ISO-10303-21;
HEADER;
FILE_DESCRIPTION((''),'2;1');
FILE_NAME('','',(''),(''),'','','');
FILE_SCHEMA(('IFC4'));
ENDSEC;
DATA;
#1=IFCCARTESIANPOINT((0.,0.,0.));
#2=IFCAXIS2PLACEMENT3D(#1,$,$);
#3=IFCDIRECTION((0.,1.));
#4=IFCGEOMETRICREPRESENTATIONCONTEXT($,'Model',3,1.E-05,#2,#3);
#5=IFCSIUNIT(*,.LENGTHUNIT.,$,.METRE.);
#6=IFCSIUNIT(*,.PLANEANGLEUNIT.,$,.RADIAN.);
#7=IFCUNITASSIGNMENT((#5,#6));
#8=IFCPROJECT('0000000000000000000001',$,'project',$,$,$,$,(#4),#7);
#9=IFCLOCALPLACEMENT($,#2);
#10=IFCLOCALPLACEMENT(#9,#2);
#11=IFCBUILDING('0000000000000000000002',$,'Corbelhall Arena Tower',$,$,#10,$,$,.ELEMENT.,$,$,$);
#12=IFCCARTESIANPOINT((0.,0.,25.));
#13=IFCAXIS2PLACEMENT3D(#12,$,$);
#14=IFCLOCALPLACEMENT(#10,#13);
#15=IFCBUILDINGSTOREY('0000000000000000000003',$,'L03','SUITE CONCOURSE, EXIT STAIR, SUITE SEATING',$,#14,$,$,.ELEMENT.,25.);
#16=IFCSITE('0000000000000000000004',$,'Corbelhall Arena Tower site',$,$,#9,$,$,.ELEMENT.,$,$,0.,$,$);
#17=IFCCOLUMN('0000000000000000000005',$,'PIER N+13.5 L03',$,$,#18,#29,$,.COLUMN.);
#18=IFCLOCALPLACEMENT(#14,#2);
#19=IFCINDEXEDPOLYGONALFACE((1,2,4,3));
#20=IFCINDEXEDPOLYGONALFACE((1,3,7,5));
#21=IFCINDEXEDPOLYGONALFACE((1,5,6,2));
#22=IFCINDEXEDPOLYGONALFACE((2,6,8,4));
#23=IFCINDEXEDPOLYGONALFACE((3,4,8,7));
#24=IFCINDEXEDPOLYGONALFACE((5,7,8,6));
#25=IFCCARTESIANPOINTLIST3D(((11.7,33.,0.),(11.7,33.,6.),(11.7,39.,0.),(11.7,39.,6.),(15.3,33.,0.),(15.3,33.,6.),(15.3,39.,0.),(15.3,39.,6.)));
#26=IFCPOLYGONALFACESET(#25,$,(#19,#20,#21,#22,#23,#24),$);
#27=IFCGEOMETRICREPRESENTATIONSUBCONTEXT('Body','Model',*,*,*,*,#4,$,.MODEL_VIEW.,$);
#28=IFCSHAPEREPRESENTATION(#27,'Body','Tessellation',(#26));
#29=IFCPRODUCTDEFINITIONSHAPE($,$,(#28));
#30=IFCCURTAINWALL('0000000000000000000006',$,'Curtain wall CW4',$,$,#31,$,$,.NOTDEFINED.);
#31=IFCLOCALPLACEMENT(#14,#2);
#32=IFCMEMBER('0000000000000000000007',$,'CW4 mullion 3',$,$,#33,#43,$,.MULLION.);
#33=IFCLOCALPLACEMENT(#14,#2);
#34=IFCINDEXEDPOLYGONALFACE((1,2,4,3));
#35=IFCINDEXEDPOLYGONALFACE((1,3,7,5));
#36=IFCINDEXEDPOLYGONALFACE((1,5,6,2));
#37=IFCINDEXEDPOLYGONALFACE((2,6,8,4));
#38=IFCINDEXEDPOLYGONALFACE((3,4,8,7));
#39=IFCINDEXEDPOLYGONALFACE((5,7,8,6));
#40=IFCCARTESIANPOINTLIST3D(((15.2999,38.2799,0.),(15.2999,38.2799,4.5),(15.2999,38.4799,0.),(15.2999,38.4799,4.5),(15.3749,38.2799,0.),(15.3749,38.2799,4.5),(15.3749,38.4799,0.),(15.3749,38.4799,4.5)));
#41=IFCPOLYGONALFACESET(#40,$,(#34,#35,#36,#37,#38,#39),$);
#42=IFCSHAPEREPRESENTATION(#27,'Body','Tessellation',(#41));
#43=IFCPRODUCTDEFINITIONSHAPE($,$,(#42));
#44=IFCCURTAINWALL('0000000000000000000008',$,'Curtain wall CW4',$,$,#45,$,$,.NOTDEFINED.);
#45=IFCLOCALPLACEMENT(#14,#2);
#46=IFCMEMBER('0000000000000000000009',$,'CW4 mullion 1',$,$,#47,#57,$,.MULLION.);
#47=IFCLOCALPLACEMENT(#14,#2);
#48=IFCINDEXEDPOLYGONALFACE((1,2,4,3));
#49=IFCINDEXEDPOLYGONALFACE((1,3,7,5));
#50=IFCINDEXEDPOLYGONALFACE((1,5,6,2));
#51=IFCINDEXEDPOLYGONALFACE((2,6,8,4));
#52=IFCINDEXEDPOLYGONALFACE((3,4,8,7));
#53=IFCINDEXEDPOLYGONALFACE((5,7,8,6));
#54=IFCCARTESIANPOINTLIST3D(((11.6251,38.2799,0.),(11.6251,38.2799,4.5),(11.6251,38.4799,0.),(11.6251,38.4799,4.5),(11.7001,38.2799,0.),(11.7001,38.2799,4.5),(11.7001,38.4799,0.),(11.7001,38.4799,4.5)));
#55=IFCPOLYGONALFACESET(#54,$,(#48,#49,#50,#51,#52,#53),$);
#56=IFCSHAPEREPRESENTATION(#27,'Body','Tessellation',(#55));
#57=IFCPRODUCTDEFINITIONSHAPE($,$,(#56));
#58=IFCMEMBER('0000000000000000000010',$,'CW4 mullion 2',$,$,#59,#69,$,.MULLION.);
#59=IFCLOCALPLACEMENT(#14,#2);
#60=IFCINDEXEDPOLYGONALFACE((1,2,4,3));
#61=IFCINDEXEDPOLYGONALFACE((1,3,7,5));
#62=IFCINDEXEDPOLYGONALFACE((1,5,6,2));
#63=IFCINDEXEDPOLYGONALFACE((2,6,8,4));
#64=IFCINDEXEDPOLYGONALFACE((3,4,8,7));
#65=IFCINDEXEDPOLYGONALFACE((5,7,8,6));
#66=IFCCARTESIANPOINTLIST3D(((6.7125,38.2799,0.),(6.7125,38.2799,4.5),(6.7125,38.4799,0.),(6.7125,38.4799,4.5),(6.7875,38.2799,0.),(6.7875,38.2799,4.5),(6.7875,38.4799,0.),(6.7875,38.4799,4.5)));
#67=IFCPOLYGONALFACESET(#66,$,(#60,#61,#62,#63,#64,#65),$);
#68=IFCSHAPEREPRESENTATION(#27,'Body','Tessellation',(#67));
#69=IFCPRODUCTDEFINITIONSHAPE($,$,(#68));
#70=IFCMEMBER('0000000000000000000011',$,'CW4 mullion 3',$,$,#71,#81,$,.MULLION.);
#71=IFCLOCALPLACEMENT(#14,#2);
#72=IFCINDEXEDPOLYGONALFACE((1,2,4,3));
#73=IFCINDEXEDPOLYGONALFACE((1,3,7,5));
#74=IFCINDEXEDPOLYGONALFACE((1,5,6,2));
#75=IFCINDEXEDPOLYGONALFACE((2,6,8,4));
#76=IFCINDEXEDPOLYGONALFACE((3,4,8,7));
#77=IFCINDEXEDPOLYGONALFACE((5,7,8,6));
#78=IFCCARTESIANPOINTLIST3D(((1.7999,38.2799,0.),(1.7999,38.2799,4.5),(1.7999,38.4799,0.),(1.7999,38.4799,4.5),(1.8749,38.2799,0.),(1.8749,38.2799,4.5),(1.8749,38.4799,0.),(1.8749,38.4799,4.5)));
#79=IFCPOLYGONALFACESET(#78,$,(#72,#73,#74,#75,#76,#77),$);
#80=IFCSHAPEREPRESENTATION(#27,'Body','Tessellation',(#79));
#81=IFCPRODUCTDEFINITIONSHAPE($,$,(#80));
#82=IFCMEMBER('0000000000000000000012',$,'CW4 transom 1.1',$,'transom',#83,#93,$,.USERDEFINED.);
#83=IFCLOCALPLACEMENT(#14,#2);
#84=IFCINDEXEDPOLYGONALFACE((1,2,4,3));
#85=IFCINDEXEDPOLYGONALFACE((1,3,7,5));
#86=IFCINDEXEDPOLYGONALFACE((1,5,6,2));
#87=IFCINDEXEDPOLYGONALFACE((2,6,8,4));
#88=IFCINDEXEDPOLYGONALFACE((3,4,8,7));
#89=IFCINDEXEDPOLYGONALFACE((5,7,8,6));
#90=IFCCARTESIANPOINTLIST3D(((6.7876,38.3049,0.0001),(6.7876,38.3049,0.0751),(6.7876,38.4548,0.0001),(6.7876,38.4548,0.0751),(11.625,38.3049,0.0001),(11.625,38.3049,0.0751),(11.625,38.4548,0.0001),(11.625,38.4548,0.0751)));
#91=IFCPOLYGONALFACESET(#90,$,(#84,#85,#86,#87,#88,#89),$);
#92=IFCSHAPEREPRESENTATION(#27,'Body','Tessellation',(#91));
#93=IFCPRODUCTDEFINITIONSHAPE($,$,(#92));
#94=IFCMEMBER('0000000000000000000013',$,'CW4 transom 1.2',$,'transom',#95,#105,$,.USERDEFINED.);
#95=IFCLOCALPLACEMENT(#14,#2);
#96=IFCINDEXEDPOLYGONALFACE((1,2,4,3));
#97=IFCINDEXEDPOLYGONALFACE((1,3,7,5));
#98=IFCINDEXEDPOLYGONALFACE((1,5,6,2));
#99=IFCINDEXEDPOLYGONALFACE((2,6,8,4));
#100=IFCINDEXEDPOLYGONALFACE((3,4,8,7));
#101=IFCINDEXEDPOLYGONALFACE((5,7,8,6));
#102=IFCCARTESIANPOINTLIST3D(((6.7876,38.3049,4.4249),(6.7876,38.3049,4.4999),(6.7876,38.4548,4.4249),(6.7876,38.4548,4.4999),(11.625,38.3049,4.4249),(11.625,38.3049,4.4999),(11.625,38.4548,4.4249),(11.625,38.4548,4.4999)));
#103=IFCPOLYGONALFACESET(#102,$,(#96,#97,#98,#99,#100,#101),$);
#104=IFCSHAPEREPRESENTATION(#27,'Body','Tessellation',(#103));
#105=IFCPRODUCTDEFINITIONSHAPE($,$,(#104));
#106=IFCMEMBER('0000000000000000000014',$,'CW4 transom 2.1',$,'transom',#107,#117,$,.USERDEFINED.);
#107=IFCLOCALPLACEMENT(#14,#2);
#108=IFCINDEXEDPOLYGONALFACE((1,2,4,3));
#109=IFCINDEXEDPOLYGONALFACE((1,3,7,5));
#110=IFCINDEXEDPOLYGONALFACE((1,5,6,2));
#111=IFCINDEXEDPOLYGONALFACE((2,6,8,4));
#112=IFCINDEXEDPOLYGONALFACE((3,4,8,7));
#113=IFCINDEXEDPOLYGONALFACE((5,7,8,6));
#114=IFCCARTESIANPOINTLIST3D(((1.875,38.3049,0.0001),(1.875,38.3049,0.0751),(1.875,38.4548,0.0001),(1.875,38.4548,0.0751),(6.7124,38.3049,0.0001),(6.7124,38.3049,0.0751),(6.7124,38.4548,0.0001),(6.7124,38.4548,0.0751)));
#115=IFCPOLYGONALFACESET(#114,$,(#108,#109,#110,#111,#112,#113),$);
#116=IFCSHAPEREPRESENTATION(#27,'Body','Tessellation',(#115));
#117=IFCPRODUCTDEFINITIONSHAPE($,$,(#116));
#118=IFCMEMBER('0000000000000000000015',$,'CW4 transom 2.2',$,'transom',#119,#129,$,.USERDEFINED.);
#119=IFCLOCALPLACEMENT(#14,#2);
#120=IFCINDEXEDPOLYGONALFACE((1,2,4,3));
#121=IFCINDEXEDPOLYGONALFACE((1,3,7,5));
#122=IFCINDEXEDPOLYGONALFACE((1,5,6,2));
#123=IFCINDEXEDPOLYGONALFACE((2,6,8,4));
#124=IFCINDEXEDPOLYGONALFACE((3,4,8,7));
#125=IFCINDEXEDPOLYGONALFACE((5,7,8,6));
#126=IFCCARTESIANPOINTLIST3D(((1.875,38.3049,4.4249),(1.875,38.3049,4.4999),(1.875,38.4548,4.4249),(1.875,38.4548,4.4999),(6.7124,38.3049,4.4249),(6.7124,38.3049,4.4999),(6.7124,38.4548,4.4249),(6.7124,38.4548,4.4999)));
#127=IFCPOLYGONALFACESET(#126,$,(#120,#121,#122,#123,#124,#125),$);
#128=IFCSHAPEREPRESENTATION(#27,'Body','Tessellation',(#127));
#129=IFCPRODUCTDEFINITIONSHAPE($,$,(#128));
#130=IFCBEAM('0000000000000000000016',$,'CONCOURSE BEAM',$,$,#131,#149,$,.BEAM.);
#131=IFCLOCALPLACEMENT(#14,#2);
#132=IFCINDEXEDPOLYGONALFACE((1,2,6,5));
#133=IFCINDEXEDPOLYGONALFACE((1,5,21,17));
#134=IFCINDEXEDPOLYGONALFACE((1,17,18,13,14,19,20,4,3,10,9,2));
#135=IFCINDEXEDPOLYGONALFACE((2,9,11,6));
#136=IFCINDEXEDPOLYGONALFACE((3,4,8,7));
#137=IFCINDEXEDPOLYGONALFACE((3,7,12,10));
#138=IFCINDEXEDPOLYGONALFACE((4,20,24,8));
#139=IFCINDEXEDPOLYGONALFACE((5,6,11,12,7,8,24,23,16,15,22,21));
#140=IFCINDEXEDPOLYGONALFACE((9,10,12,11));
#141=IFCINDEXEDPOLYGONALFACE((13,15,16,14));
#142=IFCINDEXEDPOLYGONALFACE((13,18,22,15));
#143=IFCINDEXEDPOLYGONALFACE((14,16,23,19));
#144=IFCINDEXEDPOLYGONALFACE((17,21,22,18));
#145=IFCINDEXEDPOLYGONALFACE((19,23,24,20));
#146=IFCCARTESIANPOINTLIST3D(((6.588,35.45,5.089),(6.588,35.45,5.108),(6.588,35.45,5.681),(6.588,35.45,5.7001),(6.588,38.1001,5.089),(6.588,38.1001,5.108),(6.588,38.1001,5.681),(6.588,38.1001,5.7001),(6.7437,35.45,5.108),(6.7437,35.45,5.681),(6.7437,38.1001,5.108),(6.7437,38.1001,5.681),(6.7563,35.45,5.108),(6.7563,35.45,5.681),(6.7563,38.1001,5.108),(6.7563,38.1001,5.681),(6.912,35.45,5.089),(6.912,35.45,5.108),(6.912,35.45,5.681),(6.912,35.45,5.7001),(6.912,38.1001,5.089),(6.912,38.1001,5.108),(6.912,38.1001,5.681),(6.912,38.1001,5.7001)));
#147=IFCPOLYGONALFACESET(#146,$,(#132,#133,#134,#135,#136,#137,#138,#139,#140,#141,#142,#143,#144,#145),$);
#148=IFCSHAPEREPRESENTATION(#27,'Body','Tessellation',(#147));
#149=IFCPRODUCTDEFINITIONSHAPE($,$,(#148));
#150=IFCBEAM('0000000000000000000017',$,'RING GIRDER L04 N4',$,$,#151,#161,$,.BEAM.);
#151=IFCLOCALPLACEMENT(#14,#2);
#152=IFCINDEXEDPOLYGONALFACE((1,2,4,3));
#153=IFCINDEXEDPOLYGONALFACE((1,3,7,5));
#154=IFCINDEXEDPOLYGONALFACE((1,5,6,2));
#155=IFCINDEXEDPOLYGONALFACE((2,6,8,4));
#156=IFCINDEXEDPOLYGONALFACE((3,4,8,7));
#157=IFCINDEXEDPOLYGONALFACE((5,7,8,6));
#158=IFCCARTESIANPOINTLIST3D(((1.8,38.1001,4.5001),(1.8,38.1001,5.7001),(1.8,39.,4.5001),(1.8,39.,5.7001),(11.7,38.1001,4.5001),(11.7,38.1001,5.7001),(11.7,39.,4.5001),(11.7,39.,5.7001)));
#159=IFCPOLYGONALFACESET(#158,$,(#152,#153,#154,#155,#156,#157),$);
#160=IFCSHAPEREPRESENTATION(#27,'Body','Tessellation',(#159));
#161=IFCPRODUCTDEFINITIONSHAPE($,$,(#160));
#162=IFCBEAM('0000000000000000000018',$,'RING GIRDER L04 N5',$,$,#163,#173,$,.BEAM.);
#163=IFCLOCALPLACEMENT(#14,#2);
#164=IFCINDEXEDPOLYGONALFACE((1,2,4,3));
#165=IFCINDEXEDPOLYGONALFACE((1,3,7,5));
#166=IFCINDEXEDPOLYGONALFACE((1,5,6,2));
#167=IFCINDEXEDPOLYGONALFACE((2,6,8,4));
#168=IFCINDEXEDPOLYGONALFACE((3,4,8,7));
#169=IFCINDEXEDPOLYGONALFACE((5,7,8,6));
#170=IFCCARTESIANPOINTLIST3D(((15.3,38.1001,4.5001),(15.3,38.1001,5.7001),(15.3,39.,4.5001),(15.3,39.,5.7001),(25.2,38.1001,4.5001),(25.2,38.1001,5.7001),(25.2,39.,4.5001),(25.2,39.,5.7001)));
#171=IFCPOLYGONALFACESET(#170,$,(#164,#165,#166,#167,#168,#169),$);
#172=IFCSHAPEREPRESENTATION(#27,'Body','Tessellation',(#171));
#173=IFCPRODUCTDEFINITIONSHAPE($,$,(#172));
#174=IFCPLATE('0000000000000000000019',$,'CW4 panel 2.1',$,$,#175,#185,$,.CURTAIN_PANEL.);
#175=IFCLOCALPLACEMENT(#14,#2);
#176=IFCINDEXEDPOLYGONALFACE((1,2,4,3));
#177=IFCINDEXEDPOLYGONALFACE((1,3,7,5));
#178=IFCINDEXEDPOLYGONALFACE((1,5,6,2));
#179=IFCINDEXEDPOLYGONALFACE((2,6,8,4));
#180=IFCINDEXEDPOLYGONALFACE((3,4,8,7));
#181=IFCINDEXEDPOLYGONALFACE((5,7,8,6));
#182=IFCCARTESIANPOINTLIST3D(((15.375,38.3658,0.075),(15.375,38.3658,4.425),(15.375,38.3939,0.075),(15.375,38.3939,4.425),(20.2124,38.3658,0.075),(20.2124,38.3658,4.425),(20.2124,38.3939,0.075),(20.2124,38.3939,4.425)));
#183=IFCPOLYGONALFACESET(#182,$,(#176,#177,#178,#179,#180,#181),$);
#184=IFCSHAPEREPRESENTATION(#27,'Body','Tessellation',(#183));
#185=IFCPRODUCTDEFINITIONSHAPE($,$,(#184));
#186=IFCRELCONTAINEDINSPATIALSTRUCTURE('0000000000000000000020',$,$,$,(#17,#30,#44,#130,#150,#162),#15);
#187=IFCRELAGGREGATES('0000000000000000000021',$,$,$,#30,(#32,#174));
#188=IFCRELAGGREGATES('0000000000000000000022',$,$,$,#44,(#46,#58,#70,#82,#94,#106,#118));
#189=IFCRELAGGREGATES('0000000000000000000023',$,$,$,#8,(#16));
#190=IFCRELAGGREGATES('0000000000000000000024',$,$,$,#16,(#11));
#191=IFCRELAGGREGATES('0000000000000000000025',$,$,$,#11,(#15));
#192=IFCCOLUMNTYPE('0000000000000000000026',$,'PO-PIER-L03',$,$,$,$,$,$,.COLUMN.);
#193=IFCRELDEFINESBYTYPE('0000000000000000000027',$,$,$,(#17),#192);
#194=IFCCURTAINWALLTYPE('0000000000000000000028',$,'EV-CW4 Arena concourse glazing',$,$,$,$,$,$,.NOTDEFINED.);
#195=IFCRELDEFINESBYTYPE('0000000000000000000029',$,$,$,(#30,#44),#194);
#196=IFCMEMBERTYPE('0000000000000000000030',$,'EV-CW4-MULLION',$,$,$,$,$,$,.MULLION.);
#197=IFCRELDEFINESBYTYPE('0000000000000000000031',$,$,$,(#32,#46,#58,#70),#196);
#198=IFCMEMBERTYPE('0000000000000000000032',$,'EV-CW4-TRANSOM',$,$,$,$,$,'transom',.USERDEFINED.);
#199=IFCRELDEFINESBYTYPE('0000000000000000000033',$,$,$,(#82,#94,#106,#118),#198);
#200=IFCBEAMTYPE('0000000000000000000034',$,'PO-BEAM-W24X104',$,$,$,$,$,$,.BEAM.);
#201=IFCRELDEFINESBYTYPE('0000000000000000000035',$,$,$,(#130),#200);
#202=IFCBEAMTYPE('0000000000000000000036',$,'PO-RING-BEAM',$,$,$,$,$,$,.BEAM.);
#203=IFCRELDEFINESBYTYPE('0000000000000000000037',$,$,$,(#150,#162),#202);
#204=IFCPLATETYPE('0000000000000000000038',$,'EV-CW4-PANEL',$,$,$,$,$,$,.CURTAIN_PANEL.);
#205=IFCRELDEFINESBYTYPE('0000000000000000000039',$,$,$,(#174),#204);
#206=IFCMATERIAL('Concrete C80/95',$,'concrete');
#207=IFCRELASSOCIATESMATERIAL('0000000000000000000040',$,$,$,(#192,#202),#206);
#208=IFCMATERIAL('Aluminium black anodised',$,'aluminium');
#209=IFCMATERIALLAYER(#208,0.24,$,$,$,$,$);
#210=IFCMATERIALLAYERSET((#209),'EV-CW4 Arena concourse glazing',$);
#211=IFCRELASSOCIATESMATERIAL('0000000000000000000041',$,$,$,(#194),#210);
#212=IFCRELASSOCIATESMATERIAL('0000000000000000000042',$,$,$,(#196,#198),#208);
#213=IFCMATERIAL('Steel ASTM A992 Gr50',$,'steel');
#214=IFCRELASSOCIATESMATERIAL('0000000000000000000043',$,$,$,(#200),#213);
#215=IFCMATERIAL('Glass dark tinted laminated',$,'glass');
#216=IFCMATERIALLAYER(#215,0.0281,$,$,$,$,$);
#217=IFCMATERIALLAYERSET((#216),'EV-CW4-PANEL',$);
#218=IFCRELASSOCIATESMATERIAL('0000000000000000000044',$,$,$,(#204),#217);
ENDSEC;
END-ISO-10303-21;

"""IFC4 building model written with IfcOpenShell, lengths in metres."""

from ifc_helpers import new_model, si_unit, direction, frame, origin, origin_2d, place, context, subcontext, project, spatial, rectangle, i_section, extrude, material, layer, layer_set, material_profile, profile_set, type_object, element, aggregate, save


model = new_model("IFC4")

# Units and contexts
model_context = context("Model", 3, precision=1e-05, world=origin(), true_north=direction((0.0, 1.0)))
body_context = subcontext(model_context, "Body", "Model", "MODEL_VIEW")
ifc_project = project(units=[si_unit("LENGTHUNIT", "METRE"), si_unit("PLANEANGLEUNIT", "RADIAN")], contexts=[model_context])

# Site, building, storey
site_placement = place(None, origin())
site = spatial("IfcSite", under=ifc_project, at=site_placement, Name="Corbelhall Arena Tower site", CompositionType="ELEMENT", RefElevation=0.0)
building_placement = place(site_placement, origin())
building = spatial("IfcBuilding", under=site, at=building_placement, Name="Corbelhall Arena Tower", CompositionType="ELEMENT")
storey_placement = place(building_placement, frame((0.0, 0.0, 25.0)))
storey = spatial("IfcBuildingStorey", under=building, at=storey_placement, Name="L03", Description="SUITE CONCOURSE, EXIT STAIR, SUITE SEATING", CompositionType="ELEMENT", Elevation=25.0)

# Column
ifc_material_1 = material(Name="Concrete C80/95", Category="concrete")
ifc_material_profile_1 = material_profile(ifc_material_1, rectangle(XDim=3.6001, YDim=6.0, at=origin_2d()))
ifc_profile_set_1 = profile_set([ifc_material_profile_1], Name="Concrete C80/95")
column_type = type_object("IfcColumnType", Name="PO-PIER-L03", PredefinedType="COLUMN", material=ifc_profile_set_1)
column_placement = place(storey_placement, frame((13.5, 36.0, 0.0), z_axis=(0.0, 0.0, 1.0), x_axis=(1.0, 0.0, 0.0)))
element("IfcColumn", 1, at=column_placement, inside=storey, type_object=column_type, Name="PIER N+13.5 L03", PredefinedType="COLUMN", context=body_context, shape_type="SweptSolid", body=[
    extrude(rectangle(XDim=3.6001, YDim=6.0, at=origin_2d()), origin(), (0.0, 0.0, 1.0), 6.0),
])

# Curtain wall, member
ifc_material_2 = material(Name="Aluminium black anodised", Category="aluminium")
ifc_layer_1 = layer(ifc_material_2, 0.24)
ifc_layer_set_1 = layer_set([ifc_layer_1], Name="EV-CW4 Arena concourse glazing")
curtain_wall_type = type_object("IfcCurtainWallType", Name="EV-CW4 Arena concourse glazing", PredefinedType="NOTDEFINED", material=ifc_layer_set_1)
curtain_wall_1_placement = place(storey_placement, origin())
curtain_wall_1 = element("IfcCurtainWall", 2, at=curtain_wall_1_placement, inside=storey, type_object=curtain_wall_type, Name="Curtain wall CW4", PredefinedType="NOTDEFINED")
ifc_material_profile_2 = material_profile(ifc_material_2, rectangle(XDim=0.2, YDim=0.075, at=origin_2d()))
ifc_profile_set_2 = profile_set([ifc_material_profile_2], Name="Aluminium black anodised")
member_type_1 = type_object("IfcMemberType", Name="EV-CW4-MULLION", PredefinedType="MULLION", material=ifc_profile_set_2)
member_1_placement = place(storey_placement, frame((15.3374, 38.3799, 0.0), z_axis=(0.0, 0.0, 1.0), x_axis=(0.0, -1.0, 0.0)))
member_1 = element("IfcMember", 3, at=member_1_placement, type_object=member_type_1, Name="CW4 mullion 3", PredefinedType="MULLION", context=body_context, shape_type="SweptSolid", body=[
    extrude(rectangle(XDim=0.2, YDim=0.075, at=origin_2d()), origin(), (0.0, 0.0, 1.0), 4.5),
])

# Curtain wall, members
curtain_wall_2_placement = place(storey_placement, origin())
curtain_wall_2 = element("IfcCurtainWall", 4, at=curtain_wall_2_placement, inside=storey, type_object=curtain_wall_type, Name="Curtain wall CW4", PredefinedType="NOTDEFINED")
member_2_placement = place(storey_placement, frame((11.6626, 38.3799, 0.0), z_axis=(0.0, 0.0, 1.0), x_axis=(0.0, -1.0, 0.0)))
member_2 = element("IfcMember", 5, at=member_2_placement, type_object=member_type_1, Name="CW4 mullion 1", PredefinedType="MULLION", context=body_context, shape_type="SweptSolid", body=[
    extrude(rectangle(XDim=0.2, YDim=0.075, at=origin_2d()), origin(), (0.0, 0.0, 1.0), 4.5),
])
member_3_placement = place(storey_placement, frame((6.75, 38.3799, 0.0), z_axis=(0.0, 0.0, 1.0), x_axis=(0.0, -1.0, 0.0)))
member_3 = element("IfcMember", 6, at=member_3_placement, type_object=member_type_1, Name="CW4 mullion 2", PredefinedType="MULLION", context=body_context, shape_type="SweptSolid", body=[
    extrude(rectangle(XDim=0.2, YDim=0.075, at=origin_2d()), origin(), (0.0, 0.0, 1.0), 4.5),
])
member_4_placement = place(storey_placement, frame((1.8374, 38.3799, 0.0), z_axis=(0.0, 0.0, 1.0), x_axis=(0.0, -1.0, 0.0)))
member_4 = element("IfcMember", 7, at=member_4_placement, type_object=member_type_1, Name="CW4 mullion 3", PredefinedType="MULLION", context=body_context, shape_type="SweptSolid", body=[
    extrude(rectangle(XDim=0.2, YDim=0.075, at=origin_2d()), origin(), (0.0, 0.0, 1.0), 4.5),
])
ifc_material_profile_3 = material_profile(ifc_material_2, rectangle(XDim=0.1499, YDim=0.075, at=origin_2d()))
ifc_profile_set_3 = profile_set([ifc_material_profile_3], Name="Aluminium black anodised")
member_type_2 = type_object("IfcMemberType", Name="EV-CW4-TRANSOM", ElementType="transom", PredefinedType="USERDEFINED", material=ifc_profile_set_3)
member_5_placement = place(storey_placement, frame((11.625, 38.3799, 0.0376), z_axis=(-1.0, 0.0, 0.0), x_axis=(0.0, -1.0, 0.0)))
member_5 = element("IfcMember", 8, at=member_5_placement, type_object=member_type_2, Name="CW4 transom 1.1", ObjectType="transom", PredefinedType="USERDEFINED", context=body_context, shape_type="SweptSolid", body=[
    extrude(rectangle(XDim=0.1499, YDim=0.075, at=origin_2d()), origin(), (0.0, 0.0, 1.0), 4.8374),
])
member_6_placement = place(storey_placement, frame((11.625, 38.3799, 4.4624), z_axis=(-1.0, 0.0, 0.0), x_axis=(0.0, -1.0, 0.0)))
member_6 = element("IfcMember", 9, at=member_6_placement, type_object=member_type_2, Name="CW4 transom 1.2", ObjectType="transom", PredefinedType="USERDEFINED", context=body_context, shape_type="SweptSolid", body=[
    extrude(rectangle(XDim=0.1499, YDim=0.075, at=origin_2d()), origin(), (0.0, 0.0, 1.0), 4.8374),
])
member_7_placement = place(storey_placement, frame((6.7124, 38.3799, 0.0376), z_axis=(-1.0, 0.0, 0.0), x_axis=(0.0, -1.0, 0.0)))
member_7 = element("IfcMember", 10, at=member_7_placement, type_object=member_type_2, Name="CW4 transom 2.1", ObjectType="transom", PredefinedType="USERDEFINED", context=body_context, shape_type="SweptSolid", body=[
    extrude(rectangle(XDim=0.1499, YDim=0.075, at=origin_2d()), origin(), (0.0, 0.0, 1.0), 4.8374),
])
member_8_placement = place(storey_placement, frame((6.7124, 38.3799, 4.4624), z_axis=(-1.0, 0.0, 0.0), x_axis=(0.0, -1.0, 0.0)))
member_8 = element("IfcMember", 11, at=member_8_placement, type_object=member_type_2, Name="CW4 transom 2.2", ObjectType="transom", PredefinedType="USERDEFINED", context=body_context, shape_type="SweptSolid", body=[
    extrude(rectangle(XDim=0.1499, YDim=0.075, at=origin_2d()), origin(), (0.0, 0.0, 1.0), 4.8374),
])

# Beams
ifc_material_3 = material(Name="Steel ASTM A992 Gr50", Category="steel")
ifc_material_profile_4 = material_profile(ifc_material_3, i_section(OverallWidth=0.324, OverallDepth=0.6111, WebThickness=0.0127, FlangeThickness=0.019, at=origin_2d()))
ifc_profile_set_4 = profile_set([ifc_material_profile_4], Name="Steel ASTM A992 Gr50")
beam_type_1 = type_object("IfcBeamType", Name="PO-BEAM-W24X104", PredefinedType="BEAM", material=ifc_profile_set_4)
beam_placement = place(storey_placement, frame((6.75, 35.45, 5.3945), z_axis=(0.0, 1.0, 0.0), x_axis=(-1.0, 0.0, 0.0)))
element("IfcBeam", 12, at=beam_placement, inside=storey, type_object=beam_type_1, Name="CONCOURSE BEAM", PredefinedType="BEAM", context=body_context, shape_type="SweptSolid", body=[
    extrude(i_section(OverallWidth=0.324, OverallDepth=0.6111, WebThickness=0.0127, FlangeThickness=0.019, at=origin_2d()), origin(), (0.0, 0.0, 1.0), 2.6501),
])
ifc_material_profile_5 = material_profile(ifc_material_1, rectangle(XDim=0.8999, YDim=1.2, at=origin_2d()))
ifc_profile_set_5 = profile_set([ifc_material_profile_5], Name="Concrete C80/95")
beam_type_2 = type_object("IfcBeamType", Name="PO-RING-BEAM", PredefinedType="BEAM", material=ifc_profile_set_5)
for number, where, z_axis, x_axis, name in (
    (13, (1.8, 38.55, 5.1001), (1.0, 0.0, 0.0), (0.0, 1.0, 0.0), "RING GIRDER L04 N4"),
    (14, (15.3, 38.55, 5.1001), (1.0, 0.0, 0.0), (0.0, 1.0, 0.0), "RING GIRDER L04 N5"),
):
    element("IfcBeam", number, at=place(storey_placement, frame(where, z_axis=z_axis, x_axis=x_axis)), inside=storey, type_object=beam_type_2, Name=name, PredefinedType="BEAM", context=body_context, shape_type="SweptSolid", body=[
        extrude(rectangle(XDim=0.8999, YDim=1.2, at=origin_2d()), origin(), (0.0, 0.0, 1.0), 9.8999),
    ])

# Plate
ifc_material_4 = material(Name="Glass dark tinted laminated", Category="glass")
ifc_layer_2 = layer(ifc_material_4, 0.0281)
ifc_layer_set_2 = layer_set([ifc_layer_2], Name="EV-CW4-PANEL")
plate_type = type_object("IfcPlateType", Name="EV-CW4-PANEL", PredefinedType="CURTAIN_PANEL", material=ifc_layer_set_2)
plate_1_placement = place(storey_placement, frame((17.7937, 38.3799, 0.075), z_axis=(0.0, 0.0, 1.0), x_axis=(-1.0, 0.0, 0.0)))
plate_1 = element("IfcPlate", 15, at=plate_1_placement, type_object=plate_type, Name="CW4 panel 2.1", PredefinedType="CURTAIN_PANEL", context=body_context, shape_type="SweptSolid", body=[
    extrude(rectangle(XDim=4.8374, YDim=0.0281, at=origin_2d()), origin(), (0.0, 0.0, 1.0), 4.3501),
])
aggregate(curtain_wall_1, [member_1, plate_1])
aggregate(curtain_wall_2, [member_2, member_3, member_4, member_5, member_6, member_7, member_8])

save(model, "model.ifc")
